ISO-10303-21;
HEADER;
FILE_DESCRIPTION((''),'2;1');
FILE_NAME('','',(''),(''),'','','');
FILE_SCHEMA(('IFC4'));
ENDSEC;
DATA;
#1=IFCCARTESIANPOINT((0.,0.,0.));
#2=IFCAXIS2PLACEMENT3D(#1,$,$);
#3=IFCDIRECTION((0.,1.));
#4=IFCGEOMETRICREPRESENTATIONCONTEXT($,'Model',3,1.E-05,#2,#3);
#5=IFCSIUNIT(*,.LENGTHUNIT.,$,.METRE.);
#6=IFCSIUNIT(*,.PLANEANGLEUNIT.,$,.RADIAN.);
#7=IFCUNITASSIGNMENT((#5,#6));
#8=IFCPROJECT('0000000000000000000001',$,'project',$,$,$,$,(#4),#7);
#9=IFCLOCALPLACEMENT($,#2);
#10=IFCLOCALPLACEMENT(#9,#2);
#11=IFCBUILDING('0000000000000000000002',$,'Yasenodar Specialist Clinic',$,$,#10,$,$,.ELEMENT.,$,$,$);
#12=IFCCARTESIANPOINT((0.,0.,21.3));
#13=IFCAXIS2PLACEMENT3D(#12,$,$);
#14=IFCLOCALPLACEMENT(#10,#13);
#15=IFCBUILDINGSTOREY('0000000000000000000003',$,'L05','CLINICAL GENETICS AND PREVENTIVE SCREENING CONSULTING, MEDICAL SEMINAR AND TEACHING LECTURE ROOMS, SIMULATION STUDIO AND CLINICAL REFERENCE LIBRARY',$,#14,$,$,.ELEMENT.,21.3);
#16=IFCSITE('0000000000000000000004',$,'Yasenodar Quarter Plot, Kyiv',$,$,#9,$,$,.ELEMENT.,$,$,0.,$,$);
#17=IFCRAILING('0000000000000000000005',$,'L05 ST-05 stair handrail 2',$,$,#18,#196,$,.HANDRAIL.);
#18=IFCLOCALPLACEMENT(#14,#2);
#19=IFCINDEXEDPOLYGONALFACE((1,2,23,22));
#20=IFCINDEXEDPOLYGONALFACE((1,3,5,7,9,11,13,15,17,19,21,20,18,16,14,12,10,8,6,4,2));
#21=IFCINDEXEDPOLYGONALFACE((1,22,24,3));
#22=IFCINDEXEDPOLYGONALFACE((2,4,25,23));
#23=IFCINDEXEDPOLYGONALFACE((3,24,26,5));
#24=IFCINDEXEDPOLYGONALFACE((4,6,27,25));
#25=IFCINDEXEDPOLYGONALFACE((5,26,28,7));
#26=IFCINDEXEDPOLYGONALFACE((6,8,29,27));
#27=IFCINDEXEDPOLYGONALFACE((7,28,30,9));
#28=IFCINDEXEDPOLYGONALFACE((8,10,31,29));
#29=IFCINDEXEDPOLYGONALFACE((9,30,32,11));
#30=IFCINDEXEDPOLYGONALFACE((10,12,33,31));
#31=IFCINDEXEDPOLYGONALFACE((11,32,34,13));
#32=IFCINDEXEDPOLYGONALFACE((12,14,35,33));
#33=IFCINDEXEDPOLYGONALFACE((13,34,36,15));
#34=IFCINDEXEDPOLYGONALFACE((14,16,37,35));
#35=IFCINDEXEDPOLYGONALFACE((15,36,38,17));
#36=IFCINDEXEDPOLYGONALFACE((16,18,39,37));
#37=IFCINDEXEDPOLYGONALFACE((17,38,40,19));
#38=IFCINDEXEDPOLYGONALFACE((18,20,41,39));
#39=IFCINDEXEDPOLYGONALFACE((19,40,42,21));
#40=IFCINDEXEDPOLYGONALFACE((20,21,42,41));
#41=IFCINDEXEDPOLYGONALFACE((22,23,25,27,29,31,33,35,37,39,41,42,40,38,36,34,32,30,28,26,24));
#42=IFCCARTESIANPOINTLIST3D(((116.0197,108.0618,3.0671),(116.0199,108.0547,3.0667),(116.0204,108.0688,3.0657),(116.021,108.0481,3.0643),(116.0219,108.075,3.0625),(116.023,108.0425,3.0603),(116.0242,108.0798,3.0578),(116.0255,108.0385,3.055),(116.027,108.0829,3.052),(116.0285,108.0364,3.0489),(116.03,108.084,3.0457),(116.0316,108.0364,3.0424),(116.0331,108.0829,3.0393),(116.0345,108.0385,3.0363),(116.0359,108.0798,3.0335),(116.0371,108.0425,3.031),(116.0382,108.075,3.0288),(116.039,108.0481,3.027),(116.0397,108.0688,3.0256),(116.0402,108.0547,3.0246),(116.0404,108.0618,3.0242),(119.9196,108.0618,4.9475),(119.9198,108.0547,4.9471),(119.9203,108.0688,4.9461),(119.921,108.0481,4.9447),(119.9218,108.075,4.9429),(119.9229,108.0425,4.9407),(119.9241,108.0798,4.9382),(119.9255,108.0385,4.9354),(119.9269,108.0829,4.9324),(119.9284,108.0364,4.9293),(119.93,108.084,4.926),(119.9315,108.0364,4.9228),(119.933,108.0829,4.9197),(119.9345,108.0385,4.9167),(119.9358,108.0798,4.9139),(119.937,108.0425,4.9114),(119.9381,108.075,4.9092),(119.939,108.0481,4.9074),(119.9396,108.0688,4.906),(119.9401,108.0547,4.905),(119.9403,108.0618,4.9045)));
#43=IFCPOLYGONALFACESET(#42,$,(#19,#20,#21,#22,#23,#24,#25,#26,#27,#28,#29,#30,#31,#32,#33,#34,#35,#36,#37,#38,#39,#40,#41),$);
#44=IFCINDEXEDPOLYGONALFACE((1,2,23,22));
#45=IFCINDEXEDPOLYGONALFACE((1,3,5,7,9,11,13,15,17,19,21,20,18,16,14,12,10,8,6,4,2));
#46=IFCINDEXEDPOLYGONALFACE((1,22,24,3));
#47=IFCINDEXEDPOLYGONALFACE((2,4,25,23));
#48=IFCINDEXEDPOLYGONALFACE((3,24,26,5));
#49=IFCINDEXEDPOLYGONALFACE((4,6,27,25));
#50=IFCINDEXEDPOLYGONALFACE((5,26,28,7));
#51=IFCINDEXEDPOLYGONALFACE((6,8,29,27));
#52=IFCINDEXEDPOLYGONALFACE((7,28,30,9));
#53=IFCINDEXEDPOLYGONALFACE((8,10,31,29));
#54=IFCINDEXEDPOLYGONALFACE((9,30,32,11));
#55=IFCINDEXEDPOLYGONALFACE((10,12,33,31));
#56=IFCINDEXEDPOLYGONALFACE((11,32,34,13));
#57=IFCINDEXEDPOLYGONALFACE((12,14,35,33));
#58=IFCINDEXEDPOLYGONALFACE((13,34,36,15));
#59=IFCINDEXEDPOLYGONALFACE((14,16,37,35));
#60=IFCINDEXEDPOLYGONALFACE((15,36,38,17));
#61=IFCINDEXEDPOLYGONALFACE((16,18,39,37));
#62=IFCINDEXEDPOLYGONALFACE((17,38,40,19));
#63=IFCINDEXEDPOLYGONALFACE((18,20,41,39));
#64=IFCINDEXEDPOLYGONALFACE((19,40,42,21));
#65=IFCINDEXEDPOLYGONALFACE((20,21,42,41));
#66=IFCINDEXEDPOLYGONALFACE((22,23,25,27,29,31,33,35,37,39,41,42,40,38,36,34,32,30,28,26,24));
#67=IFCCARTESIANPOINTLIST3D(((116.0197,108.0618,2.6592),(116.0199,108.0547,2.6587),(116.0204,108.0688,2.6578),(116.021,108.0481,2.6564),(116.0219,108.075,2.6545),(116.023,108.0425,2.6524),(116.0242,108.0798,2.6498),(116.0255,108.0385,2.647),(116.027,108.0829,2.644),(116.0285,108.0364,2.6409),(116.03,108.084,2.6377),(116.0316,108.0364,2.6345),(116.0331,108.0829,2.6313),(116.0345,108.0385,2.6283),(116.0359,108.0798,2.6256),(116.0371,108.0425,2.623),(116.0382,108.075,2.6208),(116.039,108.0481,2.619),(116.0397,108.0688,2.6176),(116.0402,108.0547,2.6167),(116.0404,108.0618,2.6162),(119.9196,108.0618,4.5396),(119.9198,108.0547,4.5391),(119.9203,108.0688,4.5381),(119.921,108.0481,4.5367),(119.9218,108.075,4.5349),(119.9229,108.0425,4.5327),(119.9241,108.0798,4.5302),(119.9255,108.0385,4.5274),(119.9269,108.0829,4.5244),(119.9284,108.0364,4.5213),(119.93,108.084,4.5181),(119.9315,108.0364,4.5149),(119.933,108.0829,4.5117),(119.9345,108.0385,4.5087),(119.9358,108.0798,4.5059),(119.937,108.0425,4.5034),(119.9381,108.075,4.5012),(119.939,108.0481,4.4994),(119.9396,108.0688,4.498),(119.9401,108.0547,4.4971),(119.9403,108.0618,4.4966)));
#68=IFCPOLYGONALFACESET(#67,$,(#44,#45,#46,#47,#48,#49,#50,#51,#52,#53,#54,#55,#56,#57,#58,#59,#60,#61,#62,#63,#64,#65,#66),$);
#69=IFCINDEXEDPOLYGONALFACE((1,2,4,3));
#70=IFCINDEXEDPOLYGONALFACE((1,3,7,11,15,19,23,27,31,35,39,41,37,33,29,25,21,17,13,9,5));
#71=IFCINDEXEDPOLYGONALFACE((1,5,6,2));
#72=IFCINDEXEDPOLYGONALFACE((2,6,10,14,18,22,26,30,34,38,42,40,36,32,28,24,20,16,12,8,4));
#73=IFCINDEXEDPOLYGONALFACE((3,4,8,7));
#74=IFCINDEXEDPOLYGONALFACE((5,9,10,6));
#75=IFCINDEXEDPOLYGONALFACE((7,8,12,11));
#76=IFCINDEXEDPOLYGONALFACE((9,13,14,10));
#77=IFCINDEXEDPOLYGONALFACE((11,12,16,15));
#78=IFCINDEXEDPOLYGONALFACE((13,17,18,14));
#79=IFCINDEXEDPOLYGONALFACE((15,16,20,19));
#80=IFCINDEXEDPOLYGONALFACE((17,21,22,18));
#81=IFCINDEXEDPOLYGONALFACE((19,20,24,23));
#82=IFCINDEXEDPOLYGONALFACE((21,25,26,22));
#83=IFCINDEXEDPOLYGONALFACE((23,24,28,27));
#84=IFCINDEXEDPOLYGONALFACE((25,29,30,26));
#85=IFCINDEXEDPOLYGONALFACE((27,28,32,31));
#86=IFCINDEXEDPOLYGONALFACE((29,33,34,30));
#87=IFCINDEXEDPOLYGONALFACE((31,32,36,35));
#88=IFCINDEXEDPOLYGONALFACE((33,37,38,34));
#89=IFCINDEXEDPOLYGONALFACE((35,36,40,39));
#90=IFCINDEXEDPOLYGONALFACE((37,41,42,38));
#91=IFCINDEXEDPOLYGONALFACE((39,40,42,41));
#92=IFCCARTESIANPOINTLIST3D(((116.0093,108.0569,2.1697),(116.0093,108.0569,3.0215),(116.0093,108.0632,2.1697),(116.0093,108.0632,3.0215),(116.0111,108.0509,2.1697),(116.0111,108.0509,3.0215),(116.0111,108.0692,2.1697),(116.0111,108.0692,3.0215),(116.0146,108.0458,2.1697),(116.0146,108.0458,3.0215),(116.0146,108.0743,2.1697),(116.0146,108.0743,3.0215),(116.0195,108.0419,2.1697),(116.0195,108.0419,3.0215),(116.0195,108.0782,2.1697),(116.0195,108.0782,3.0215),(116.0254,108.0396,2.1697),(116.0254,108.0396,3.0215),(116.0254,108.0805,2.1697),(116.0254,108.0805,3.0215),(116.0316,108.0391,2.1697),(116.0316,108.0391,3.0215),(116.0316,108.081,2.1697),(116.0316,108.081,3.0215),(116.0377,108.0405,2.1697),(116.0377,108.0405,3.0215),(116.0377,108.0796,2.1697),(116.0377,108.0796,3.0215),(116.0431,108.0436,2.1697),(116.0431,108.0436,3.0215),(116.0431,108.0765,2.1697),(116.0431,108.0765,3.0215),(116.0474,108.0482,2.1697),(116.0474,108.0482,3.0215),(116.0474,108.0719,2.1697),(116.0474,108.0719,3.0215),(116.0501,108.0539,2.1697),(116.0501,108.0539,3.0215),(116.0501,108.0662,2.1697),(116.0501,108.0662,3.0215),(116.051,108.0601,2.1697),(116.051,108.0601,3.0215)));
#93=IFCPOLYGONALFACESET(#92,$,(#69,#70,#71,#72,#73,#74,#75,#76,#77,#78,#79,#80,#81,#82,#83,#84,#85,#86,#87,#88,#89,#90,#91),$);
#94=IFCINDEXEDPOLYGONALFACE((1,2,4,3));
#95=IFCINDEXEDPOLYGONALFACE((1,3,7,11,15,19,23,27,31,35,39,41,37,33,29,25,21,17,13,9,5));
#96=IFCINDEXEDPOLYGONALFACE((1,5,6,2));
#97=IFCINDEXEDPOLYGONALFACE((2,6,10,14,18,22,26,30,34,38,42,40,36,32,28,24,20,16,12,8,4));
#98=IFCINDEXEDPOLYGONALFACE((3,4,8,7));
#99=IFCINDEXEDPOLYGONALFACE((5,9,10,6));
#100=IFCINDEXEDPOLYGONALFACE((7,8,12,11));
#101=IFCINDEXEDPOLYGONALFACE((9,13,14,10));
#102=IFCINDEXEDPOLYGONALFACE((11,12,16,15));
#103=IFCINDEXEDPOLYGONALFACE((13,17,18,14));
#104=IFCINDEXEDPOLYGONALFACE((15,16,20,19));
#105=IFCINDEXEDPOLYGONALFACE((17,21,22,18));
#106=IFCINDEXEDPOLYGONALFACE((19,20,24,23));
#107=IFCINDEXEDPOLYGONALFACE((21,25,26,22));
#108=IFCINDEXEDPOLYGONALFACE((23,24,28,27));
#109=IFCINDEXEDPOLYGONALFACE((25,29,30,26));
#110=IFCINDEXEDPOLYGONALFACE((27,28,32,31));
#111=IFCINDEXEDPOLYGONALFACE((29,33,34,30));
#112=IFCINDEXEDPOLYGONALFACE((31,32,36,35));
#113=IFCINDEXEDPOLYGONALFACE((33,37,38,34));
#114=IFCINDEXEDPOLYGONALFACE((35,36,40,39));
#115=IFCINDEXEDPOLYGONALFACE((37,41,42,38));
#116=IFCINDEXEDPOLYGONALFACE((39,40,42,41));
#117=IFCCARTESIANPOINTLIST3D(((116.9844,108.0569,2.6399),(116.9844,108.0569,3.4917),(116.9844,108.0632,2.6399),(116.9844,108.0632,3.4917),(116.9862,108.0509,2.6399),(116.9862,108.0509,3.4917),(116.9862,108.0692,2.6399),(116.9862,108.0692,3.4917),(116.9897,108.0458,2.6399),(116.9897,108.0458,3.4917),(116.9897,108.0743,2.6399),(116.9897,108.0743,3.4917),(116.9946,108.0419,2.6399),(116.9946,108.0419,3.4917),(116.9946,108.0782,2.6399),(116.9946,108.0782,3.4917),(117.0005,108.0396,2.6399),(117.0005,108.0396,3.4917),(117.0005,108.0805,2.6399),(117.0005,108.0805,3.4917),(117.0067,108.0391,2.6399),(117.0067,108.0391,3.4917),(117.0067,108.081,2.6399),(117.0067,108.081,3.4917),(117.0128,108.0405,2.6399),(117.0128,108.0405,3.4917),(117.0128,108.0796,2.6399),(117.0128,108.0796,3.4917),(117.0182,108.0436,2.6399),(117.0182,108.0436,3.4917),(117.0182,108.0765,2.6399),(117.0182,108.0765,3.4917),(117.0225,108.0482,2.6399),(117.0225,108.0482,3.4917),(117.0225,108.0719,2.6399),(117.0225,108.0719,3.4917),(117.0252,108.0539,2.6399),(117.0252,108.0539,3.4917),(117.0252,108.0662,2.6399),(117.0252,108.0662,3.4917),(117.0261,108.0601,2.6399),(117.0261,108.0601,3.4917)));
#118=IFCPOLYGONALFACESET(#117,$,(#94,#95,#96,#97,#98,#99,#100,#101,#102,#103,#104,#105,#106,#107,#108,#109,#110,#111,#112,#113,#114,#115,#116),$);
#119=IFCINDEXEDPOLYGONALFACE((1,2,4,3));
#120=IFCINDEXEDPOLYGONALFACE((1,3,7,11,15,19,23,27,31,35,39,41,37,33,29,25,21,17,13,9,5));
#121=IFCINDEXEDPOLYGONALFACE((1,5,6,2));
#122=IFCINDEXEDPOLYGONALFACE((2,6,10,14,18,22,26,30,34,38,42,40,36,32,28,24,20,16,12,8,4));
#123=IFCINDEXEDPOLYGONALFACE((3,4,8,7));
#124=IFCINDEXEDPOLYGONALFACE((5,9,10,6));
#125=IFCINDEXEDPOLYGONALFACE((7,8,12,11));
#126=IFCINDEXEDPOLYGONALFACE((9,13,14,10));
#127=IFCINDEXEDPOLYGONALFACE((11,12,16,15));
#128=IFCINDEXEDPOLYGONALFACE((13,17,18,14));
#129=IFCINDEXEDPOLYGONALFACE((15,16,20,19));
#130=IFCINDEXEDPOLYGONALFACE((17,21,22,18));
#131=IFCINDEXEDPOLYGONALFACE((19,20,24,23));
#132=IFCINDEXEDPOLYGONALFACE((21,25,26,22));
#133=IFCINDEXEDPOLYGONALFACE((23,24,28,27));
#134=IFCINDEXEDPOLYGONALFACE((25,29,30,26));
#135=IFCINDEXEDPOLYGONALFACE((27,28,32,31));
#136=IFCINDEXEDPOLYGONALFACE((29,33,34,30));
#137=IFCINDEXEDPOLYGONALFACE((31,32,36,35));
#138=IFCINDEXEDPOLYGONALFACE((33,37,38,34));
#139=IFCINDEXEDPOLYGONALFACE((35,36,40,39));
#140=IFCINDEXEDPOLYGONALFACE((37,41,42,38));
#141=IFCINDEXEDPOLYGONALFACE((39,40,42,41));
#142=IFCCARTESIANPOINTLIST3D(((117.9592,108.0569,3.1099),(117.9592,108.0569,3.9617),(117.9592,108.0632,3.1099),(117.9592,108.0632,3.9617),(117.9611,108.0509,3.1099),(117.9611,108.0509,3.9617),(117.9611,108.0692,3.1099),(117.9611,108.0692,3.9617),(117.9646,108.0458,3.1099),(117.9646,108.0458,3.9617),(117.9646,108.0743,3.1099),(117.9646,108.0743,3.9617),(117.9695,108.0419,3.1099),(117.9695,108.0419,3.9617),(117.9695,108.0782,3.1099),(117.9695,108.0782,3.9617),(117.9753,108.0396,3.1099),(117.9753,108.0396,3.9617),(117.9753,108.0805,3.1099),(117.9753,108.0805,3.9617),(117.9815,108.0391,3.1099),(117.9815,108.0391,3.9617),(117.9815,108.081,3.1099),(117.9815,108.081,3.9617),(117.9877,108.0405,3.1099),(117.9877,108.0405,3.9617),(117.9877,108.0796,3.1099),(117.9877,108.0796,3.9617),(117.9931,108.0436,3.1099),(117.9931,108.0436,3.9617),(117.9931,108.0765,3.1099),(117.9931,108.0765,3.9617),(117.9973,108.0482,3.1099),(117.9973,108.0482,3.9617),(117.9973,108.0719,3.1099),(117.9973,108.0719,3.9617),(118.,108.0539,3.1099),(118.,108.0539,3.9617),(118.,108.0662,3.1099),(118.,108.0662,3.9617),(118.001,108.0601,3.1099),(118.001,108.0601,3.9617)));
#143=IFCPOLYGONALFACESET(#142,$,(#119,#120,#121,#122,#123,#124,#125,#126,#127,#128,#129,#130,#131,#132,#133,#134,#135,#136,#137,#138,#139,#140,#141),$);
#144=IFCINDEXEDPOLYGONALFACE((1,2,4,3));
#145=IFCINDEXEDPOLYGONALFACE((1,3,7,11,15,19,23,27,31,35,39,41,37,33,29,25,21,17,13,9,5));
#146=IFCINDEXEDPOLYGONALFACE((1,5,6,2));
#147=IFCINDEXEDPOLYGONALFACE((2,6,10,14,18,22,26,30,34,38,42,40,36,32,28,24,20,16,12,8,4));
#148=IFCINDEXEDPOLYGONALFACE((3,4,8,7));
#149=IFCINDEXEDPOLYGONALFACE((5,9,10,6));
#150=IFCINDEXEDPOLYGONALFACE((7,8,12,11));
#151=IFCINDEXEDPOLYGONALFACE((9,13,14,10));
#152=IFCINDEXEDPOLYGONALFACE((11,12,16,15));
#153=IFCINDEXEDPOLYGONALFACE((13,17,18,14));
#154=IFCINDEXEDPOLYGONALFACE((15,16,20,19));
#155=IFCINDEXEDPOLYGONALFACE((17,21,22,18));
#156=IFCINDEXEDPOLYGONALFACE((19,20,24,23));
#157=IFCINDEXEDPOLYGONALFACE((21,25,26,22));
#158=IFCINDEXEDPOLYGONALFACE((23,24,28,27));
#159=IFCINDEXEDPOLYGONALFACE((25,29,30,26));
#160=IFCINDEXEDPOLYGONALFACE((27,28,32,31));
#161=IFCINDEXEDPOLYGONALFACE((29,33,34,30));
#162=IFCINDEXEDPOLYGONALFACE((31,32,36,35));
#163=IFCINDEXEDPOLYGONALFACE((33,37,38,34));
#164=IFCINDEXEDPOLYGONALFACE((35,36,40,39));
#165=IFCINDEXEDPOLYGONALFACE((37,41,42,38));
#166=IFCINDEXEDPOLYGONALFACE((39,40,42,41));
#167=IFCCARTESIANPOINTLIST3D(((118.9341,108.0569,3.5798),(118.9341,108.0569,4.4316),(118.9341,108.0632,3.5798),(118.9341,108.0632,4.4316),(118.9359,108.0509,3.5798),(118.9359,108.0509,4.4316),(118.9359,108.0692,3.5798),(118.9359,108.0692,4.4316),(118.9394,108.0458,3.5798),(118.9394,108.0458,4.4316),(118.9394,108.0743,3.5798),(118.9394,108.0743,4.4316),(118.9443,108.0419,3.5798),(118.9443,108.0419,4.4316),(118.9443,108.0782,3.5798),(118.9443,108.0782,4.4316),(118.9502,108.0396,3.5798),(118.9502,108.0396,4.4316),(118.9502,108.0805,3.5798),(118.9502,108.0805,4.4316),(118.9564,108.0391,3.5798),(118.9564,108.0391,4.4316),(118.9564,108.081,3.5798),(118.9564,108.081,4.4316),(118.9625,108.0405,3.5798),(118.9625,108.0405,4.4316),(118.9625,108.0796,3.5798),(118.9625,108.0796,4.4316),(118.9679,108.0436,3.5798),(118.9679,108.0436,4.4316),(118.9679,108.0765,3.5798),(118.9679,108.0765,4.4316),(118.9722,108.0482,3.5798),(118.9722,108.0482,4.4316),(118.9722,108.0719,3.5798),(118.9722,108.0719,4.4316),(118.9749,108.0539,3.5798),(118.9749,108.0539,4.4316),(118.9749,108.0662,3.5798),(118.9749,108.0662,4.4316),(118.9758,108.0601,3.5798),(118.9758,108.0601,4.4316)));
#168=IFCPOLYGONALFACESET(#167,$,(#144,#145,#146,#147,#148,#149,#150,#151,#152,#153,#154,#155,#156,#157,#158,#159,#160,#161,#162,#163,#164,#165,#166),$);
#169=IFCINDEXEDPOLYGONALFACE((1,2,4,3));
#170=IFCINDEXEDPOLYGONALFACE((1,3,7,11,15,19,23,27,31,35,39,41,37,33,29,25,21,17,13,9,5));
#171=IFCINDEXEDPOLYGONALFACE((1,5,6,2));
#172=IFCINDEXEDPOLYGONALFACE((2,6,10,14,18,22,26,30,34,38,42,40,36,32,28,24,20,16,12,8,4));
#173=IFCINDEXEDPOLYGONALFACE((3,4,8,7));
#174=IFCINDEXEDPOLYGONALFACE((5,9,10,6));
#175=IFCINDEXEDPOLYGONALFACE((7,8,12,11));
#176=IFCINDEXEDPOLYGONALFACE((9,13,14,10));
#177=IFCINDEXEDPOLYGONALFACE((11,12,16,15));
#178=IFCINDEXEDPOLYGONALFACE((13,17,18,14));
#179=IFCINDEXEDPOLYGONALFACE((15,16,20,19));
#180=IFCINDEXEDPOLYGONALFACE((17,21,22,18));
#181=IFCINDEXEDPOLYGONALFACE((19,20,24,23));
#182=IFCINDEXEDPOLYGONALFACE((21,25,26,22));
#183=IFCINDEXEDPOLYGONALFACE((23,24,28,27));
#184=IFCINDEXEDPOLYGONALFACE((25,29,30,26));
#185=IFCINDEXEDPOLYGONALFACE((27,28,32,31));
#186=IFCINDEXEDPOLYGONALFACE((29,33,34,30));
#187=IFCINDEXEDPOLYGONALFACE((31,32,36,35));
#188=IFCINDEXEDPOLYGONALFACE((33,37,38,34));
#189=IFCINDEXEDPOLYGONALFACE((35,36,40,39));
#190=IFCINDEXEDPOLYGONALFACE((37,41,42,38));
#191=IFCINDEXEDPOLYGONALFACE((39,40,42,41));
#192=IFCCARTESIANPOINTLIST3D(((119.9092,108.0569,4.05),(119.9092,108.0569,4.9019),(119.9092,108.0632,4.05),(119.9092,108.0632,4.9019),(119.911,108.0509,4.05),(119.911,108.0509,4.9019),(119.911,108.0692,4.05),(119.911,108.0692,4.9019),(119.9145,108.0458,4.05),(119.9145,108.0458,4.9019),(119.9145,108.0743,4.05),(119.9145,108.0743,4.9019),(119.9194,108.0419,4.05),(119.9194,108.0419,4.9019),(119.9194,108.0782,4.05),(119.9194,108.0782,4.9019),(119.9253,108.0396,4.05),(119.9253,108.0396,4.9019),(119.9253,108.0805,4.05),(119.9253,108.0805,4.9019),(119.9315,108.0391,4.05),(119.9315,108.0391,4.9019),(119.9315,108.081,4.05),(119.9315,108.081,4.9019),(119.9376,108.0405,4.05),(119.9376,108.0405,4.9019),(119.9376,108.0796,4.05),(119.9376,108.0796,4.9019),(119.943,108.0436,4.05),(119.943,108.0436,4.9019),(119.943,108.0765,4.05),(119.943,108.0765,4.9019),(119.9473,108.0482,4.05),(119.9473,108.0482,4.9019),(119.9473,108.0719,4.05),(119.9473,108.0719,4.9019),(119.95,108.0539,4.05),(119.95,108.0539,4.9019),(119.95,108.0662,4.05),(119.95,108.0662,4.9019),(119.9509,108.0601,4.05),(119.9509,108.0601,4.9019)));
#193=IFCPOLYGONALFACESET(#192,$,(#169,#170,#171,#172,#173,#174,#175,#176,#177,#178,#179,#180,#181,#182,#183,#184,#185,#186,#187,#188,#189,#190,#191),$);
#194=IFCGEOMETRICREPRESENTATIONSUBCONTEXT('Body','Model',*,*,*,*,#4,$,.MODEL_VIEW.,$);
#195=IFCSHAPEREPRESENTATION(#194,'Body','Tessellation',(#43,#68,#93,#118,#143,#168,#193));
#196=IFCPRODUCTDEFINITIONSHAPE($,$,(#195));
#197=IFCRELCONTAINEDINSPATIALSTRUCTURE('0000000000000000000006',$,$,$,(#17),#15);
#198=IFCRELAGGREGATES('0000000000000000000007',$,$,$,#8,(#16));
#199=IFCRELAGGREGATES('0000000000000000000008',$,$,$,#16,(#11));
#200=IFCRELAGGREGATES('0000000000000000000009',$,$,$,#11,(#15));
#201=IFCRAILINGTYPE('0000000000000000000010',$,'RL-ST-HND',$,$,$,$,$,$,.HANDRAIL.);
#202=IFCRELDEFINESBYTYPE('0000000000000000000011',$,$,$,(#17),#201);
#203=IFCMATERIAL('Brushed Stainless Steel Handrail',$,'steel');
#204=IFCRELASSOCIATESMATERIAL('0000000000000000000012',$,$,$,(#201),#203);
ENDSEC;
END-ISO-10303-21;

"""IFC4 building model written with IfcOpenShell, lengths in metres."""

from ifc_helpers import new_model, si_unit, direction, frame, origin, origin_2d, place, context, subcontext, project, spatial, circle, extrude, material, type_object, element, save


model = new_model("IFC4")

# Units and contexts
model_context = context("Model", 3, precision=1e-05, world=origin(), true_north=direction((0.0, 1.0)))
body_context = subcontext(model_context, "Body", "Model", "MODEL_VIEW")
ifc_project = project(units=[si_unit("LENGTHUNIT", "METRE"), si_unit("PLANEANGLEUNIT", "RADIAN")], contexts=[model_context])

# Site, building, storey
site_placement = place(None, origin())
site = spatial("IfcSite", under=ifc_project, at=site_placement, Name="Yasenodar Quarter Plot, Kyiv", CompositionType="ELEMENT", RefElevation=0.0)
building_placement = place(site_placement, origin())
building = spatial("IfcBuilding", under=site, at=building_placement, Name="Yasenodar Specialist Clinic", CompositionType="ELEMENT")
storey_placement = place(building_placement, frame((0.0, 0.0, 21.3)))
storey = spatial("IfcBuildingStorey", under=building, at=storey_placement, Name="L05", Description="CLINICAL GENETICS AND PREVENTIVE SCREENING CONSULTING, MEDICAL SEMINAR AND TEACHING LECTURE ROOMS, SIMULATION STUDIO AND CLINICAL REFERENCE LIBRARY", CompositionType="ELEMENT", Elevation=21.3)

# Railing
ifc_material_1 = material(Name="Brushed Stainless Steel Handrail", Category="steel")
railing_type_1 = type_object("IfcRailingType", Name="RL-ST-HND", PredefinedType="HANDRAIL", material=ifc_material_1)
railing_1_placement = place(storey_placement, frame((116.03, 108.0601, 2.1697)))
element("IfcRailing", 1, at=railing_1_placement, inside=storey, type_object=railing_type_1, Name="L05 ST-05 stair handrail 2", PredefinedType="HANDRAIL", context=body_context, shape_type="SweptSolid", body=[
    extrude(circle(Radius=0.0239, at=origin_2d()), frame((0.0, 0.0, 0.876), z_axis=(0.900763, 0.0, 0.434311), x_axis=(0.0, 1.0, 0.0)), (0.0, 0.0, 1.0), 4.3296),
    extrude(circle(Radius=0.0239, at=origin_2d()), frame((0.0, 0.0, 0.468), z_axis=(0.900763, 0.0, 0.434311), x_axis=(0.0, 1.0, 0.0)), (0.0, 0.0, 1.0), 4.3296),
    extrude(circle(Radius=0.021, at=origin_2d()), origin(), (0.0, 0.0, 1.0), 0.8518),
    extrude(circle(Radius=0.021, at=origin_2d()), frame((0.9751, 0.0, 0.4702)), (0.0, 0.0, 1.0), 0.8518),
    extrude(circle(Radius=0.021, at=origin_2d()), frame((1.95, 0.0, 0.9402)), (0.0, 0.0, 1.0), 0.8518),
    extrude(circle(Radius=0.021, at=origin_2d()), frame((2.9248, 0.0, 1.4102)), (0.0, 0.0, 1.0), 0.8518),
    extrude(circle(Radius=0.021, at=origin_2d()), frame((3.8999, 0.0, 1.8804)), (0.0, 0.0, 1.0), 0.8518),
])

save(model, "model.ifc")
